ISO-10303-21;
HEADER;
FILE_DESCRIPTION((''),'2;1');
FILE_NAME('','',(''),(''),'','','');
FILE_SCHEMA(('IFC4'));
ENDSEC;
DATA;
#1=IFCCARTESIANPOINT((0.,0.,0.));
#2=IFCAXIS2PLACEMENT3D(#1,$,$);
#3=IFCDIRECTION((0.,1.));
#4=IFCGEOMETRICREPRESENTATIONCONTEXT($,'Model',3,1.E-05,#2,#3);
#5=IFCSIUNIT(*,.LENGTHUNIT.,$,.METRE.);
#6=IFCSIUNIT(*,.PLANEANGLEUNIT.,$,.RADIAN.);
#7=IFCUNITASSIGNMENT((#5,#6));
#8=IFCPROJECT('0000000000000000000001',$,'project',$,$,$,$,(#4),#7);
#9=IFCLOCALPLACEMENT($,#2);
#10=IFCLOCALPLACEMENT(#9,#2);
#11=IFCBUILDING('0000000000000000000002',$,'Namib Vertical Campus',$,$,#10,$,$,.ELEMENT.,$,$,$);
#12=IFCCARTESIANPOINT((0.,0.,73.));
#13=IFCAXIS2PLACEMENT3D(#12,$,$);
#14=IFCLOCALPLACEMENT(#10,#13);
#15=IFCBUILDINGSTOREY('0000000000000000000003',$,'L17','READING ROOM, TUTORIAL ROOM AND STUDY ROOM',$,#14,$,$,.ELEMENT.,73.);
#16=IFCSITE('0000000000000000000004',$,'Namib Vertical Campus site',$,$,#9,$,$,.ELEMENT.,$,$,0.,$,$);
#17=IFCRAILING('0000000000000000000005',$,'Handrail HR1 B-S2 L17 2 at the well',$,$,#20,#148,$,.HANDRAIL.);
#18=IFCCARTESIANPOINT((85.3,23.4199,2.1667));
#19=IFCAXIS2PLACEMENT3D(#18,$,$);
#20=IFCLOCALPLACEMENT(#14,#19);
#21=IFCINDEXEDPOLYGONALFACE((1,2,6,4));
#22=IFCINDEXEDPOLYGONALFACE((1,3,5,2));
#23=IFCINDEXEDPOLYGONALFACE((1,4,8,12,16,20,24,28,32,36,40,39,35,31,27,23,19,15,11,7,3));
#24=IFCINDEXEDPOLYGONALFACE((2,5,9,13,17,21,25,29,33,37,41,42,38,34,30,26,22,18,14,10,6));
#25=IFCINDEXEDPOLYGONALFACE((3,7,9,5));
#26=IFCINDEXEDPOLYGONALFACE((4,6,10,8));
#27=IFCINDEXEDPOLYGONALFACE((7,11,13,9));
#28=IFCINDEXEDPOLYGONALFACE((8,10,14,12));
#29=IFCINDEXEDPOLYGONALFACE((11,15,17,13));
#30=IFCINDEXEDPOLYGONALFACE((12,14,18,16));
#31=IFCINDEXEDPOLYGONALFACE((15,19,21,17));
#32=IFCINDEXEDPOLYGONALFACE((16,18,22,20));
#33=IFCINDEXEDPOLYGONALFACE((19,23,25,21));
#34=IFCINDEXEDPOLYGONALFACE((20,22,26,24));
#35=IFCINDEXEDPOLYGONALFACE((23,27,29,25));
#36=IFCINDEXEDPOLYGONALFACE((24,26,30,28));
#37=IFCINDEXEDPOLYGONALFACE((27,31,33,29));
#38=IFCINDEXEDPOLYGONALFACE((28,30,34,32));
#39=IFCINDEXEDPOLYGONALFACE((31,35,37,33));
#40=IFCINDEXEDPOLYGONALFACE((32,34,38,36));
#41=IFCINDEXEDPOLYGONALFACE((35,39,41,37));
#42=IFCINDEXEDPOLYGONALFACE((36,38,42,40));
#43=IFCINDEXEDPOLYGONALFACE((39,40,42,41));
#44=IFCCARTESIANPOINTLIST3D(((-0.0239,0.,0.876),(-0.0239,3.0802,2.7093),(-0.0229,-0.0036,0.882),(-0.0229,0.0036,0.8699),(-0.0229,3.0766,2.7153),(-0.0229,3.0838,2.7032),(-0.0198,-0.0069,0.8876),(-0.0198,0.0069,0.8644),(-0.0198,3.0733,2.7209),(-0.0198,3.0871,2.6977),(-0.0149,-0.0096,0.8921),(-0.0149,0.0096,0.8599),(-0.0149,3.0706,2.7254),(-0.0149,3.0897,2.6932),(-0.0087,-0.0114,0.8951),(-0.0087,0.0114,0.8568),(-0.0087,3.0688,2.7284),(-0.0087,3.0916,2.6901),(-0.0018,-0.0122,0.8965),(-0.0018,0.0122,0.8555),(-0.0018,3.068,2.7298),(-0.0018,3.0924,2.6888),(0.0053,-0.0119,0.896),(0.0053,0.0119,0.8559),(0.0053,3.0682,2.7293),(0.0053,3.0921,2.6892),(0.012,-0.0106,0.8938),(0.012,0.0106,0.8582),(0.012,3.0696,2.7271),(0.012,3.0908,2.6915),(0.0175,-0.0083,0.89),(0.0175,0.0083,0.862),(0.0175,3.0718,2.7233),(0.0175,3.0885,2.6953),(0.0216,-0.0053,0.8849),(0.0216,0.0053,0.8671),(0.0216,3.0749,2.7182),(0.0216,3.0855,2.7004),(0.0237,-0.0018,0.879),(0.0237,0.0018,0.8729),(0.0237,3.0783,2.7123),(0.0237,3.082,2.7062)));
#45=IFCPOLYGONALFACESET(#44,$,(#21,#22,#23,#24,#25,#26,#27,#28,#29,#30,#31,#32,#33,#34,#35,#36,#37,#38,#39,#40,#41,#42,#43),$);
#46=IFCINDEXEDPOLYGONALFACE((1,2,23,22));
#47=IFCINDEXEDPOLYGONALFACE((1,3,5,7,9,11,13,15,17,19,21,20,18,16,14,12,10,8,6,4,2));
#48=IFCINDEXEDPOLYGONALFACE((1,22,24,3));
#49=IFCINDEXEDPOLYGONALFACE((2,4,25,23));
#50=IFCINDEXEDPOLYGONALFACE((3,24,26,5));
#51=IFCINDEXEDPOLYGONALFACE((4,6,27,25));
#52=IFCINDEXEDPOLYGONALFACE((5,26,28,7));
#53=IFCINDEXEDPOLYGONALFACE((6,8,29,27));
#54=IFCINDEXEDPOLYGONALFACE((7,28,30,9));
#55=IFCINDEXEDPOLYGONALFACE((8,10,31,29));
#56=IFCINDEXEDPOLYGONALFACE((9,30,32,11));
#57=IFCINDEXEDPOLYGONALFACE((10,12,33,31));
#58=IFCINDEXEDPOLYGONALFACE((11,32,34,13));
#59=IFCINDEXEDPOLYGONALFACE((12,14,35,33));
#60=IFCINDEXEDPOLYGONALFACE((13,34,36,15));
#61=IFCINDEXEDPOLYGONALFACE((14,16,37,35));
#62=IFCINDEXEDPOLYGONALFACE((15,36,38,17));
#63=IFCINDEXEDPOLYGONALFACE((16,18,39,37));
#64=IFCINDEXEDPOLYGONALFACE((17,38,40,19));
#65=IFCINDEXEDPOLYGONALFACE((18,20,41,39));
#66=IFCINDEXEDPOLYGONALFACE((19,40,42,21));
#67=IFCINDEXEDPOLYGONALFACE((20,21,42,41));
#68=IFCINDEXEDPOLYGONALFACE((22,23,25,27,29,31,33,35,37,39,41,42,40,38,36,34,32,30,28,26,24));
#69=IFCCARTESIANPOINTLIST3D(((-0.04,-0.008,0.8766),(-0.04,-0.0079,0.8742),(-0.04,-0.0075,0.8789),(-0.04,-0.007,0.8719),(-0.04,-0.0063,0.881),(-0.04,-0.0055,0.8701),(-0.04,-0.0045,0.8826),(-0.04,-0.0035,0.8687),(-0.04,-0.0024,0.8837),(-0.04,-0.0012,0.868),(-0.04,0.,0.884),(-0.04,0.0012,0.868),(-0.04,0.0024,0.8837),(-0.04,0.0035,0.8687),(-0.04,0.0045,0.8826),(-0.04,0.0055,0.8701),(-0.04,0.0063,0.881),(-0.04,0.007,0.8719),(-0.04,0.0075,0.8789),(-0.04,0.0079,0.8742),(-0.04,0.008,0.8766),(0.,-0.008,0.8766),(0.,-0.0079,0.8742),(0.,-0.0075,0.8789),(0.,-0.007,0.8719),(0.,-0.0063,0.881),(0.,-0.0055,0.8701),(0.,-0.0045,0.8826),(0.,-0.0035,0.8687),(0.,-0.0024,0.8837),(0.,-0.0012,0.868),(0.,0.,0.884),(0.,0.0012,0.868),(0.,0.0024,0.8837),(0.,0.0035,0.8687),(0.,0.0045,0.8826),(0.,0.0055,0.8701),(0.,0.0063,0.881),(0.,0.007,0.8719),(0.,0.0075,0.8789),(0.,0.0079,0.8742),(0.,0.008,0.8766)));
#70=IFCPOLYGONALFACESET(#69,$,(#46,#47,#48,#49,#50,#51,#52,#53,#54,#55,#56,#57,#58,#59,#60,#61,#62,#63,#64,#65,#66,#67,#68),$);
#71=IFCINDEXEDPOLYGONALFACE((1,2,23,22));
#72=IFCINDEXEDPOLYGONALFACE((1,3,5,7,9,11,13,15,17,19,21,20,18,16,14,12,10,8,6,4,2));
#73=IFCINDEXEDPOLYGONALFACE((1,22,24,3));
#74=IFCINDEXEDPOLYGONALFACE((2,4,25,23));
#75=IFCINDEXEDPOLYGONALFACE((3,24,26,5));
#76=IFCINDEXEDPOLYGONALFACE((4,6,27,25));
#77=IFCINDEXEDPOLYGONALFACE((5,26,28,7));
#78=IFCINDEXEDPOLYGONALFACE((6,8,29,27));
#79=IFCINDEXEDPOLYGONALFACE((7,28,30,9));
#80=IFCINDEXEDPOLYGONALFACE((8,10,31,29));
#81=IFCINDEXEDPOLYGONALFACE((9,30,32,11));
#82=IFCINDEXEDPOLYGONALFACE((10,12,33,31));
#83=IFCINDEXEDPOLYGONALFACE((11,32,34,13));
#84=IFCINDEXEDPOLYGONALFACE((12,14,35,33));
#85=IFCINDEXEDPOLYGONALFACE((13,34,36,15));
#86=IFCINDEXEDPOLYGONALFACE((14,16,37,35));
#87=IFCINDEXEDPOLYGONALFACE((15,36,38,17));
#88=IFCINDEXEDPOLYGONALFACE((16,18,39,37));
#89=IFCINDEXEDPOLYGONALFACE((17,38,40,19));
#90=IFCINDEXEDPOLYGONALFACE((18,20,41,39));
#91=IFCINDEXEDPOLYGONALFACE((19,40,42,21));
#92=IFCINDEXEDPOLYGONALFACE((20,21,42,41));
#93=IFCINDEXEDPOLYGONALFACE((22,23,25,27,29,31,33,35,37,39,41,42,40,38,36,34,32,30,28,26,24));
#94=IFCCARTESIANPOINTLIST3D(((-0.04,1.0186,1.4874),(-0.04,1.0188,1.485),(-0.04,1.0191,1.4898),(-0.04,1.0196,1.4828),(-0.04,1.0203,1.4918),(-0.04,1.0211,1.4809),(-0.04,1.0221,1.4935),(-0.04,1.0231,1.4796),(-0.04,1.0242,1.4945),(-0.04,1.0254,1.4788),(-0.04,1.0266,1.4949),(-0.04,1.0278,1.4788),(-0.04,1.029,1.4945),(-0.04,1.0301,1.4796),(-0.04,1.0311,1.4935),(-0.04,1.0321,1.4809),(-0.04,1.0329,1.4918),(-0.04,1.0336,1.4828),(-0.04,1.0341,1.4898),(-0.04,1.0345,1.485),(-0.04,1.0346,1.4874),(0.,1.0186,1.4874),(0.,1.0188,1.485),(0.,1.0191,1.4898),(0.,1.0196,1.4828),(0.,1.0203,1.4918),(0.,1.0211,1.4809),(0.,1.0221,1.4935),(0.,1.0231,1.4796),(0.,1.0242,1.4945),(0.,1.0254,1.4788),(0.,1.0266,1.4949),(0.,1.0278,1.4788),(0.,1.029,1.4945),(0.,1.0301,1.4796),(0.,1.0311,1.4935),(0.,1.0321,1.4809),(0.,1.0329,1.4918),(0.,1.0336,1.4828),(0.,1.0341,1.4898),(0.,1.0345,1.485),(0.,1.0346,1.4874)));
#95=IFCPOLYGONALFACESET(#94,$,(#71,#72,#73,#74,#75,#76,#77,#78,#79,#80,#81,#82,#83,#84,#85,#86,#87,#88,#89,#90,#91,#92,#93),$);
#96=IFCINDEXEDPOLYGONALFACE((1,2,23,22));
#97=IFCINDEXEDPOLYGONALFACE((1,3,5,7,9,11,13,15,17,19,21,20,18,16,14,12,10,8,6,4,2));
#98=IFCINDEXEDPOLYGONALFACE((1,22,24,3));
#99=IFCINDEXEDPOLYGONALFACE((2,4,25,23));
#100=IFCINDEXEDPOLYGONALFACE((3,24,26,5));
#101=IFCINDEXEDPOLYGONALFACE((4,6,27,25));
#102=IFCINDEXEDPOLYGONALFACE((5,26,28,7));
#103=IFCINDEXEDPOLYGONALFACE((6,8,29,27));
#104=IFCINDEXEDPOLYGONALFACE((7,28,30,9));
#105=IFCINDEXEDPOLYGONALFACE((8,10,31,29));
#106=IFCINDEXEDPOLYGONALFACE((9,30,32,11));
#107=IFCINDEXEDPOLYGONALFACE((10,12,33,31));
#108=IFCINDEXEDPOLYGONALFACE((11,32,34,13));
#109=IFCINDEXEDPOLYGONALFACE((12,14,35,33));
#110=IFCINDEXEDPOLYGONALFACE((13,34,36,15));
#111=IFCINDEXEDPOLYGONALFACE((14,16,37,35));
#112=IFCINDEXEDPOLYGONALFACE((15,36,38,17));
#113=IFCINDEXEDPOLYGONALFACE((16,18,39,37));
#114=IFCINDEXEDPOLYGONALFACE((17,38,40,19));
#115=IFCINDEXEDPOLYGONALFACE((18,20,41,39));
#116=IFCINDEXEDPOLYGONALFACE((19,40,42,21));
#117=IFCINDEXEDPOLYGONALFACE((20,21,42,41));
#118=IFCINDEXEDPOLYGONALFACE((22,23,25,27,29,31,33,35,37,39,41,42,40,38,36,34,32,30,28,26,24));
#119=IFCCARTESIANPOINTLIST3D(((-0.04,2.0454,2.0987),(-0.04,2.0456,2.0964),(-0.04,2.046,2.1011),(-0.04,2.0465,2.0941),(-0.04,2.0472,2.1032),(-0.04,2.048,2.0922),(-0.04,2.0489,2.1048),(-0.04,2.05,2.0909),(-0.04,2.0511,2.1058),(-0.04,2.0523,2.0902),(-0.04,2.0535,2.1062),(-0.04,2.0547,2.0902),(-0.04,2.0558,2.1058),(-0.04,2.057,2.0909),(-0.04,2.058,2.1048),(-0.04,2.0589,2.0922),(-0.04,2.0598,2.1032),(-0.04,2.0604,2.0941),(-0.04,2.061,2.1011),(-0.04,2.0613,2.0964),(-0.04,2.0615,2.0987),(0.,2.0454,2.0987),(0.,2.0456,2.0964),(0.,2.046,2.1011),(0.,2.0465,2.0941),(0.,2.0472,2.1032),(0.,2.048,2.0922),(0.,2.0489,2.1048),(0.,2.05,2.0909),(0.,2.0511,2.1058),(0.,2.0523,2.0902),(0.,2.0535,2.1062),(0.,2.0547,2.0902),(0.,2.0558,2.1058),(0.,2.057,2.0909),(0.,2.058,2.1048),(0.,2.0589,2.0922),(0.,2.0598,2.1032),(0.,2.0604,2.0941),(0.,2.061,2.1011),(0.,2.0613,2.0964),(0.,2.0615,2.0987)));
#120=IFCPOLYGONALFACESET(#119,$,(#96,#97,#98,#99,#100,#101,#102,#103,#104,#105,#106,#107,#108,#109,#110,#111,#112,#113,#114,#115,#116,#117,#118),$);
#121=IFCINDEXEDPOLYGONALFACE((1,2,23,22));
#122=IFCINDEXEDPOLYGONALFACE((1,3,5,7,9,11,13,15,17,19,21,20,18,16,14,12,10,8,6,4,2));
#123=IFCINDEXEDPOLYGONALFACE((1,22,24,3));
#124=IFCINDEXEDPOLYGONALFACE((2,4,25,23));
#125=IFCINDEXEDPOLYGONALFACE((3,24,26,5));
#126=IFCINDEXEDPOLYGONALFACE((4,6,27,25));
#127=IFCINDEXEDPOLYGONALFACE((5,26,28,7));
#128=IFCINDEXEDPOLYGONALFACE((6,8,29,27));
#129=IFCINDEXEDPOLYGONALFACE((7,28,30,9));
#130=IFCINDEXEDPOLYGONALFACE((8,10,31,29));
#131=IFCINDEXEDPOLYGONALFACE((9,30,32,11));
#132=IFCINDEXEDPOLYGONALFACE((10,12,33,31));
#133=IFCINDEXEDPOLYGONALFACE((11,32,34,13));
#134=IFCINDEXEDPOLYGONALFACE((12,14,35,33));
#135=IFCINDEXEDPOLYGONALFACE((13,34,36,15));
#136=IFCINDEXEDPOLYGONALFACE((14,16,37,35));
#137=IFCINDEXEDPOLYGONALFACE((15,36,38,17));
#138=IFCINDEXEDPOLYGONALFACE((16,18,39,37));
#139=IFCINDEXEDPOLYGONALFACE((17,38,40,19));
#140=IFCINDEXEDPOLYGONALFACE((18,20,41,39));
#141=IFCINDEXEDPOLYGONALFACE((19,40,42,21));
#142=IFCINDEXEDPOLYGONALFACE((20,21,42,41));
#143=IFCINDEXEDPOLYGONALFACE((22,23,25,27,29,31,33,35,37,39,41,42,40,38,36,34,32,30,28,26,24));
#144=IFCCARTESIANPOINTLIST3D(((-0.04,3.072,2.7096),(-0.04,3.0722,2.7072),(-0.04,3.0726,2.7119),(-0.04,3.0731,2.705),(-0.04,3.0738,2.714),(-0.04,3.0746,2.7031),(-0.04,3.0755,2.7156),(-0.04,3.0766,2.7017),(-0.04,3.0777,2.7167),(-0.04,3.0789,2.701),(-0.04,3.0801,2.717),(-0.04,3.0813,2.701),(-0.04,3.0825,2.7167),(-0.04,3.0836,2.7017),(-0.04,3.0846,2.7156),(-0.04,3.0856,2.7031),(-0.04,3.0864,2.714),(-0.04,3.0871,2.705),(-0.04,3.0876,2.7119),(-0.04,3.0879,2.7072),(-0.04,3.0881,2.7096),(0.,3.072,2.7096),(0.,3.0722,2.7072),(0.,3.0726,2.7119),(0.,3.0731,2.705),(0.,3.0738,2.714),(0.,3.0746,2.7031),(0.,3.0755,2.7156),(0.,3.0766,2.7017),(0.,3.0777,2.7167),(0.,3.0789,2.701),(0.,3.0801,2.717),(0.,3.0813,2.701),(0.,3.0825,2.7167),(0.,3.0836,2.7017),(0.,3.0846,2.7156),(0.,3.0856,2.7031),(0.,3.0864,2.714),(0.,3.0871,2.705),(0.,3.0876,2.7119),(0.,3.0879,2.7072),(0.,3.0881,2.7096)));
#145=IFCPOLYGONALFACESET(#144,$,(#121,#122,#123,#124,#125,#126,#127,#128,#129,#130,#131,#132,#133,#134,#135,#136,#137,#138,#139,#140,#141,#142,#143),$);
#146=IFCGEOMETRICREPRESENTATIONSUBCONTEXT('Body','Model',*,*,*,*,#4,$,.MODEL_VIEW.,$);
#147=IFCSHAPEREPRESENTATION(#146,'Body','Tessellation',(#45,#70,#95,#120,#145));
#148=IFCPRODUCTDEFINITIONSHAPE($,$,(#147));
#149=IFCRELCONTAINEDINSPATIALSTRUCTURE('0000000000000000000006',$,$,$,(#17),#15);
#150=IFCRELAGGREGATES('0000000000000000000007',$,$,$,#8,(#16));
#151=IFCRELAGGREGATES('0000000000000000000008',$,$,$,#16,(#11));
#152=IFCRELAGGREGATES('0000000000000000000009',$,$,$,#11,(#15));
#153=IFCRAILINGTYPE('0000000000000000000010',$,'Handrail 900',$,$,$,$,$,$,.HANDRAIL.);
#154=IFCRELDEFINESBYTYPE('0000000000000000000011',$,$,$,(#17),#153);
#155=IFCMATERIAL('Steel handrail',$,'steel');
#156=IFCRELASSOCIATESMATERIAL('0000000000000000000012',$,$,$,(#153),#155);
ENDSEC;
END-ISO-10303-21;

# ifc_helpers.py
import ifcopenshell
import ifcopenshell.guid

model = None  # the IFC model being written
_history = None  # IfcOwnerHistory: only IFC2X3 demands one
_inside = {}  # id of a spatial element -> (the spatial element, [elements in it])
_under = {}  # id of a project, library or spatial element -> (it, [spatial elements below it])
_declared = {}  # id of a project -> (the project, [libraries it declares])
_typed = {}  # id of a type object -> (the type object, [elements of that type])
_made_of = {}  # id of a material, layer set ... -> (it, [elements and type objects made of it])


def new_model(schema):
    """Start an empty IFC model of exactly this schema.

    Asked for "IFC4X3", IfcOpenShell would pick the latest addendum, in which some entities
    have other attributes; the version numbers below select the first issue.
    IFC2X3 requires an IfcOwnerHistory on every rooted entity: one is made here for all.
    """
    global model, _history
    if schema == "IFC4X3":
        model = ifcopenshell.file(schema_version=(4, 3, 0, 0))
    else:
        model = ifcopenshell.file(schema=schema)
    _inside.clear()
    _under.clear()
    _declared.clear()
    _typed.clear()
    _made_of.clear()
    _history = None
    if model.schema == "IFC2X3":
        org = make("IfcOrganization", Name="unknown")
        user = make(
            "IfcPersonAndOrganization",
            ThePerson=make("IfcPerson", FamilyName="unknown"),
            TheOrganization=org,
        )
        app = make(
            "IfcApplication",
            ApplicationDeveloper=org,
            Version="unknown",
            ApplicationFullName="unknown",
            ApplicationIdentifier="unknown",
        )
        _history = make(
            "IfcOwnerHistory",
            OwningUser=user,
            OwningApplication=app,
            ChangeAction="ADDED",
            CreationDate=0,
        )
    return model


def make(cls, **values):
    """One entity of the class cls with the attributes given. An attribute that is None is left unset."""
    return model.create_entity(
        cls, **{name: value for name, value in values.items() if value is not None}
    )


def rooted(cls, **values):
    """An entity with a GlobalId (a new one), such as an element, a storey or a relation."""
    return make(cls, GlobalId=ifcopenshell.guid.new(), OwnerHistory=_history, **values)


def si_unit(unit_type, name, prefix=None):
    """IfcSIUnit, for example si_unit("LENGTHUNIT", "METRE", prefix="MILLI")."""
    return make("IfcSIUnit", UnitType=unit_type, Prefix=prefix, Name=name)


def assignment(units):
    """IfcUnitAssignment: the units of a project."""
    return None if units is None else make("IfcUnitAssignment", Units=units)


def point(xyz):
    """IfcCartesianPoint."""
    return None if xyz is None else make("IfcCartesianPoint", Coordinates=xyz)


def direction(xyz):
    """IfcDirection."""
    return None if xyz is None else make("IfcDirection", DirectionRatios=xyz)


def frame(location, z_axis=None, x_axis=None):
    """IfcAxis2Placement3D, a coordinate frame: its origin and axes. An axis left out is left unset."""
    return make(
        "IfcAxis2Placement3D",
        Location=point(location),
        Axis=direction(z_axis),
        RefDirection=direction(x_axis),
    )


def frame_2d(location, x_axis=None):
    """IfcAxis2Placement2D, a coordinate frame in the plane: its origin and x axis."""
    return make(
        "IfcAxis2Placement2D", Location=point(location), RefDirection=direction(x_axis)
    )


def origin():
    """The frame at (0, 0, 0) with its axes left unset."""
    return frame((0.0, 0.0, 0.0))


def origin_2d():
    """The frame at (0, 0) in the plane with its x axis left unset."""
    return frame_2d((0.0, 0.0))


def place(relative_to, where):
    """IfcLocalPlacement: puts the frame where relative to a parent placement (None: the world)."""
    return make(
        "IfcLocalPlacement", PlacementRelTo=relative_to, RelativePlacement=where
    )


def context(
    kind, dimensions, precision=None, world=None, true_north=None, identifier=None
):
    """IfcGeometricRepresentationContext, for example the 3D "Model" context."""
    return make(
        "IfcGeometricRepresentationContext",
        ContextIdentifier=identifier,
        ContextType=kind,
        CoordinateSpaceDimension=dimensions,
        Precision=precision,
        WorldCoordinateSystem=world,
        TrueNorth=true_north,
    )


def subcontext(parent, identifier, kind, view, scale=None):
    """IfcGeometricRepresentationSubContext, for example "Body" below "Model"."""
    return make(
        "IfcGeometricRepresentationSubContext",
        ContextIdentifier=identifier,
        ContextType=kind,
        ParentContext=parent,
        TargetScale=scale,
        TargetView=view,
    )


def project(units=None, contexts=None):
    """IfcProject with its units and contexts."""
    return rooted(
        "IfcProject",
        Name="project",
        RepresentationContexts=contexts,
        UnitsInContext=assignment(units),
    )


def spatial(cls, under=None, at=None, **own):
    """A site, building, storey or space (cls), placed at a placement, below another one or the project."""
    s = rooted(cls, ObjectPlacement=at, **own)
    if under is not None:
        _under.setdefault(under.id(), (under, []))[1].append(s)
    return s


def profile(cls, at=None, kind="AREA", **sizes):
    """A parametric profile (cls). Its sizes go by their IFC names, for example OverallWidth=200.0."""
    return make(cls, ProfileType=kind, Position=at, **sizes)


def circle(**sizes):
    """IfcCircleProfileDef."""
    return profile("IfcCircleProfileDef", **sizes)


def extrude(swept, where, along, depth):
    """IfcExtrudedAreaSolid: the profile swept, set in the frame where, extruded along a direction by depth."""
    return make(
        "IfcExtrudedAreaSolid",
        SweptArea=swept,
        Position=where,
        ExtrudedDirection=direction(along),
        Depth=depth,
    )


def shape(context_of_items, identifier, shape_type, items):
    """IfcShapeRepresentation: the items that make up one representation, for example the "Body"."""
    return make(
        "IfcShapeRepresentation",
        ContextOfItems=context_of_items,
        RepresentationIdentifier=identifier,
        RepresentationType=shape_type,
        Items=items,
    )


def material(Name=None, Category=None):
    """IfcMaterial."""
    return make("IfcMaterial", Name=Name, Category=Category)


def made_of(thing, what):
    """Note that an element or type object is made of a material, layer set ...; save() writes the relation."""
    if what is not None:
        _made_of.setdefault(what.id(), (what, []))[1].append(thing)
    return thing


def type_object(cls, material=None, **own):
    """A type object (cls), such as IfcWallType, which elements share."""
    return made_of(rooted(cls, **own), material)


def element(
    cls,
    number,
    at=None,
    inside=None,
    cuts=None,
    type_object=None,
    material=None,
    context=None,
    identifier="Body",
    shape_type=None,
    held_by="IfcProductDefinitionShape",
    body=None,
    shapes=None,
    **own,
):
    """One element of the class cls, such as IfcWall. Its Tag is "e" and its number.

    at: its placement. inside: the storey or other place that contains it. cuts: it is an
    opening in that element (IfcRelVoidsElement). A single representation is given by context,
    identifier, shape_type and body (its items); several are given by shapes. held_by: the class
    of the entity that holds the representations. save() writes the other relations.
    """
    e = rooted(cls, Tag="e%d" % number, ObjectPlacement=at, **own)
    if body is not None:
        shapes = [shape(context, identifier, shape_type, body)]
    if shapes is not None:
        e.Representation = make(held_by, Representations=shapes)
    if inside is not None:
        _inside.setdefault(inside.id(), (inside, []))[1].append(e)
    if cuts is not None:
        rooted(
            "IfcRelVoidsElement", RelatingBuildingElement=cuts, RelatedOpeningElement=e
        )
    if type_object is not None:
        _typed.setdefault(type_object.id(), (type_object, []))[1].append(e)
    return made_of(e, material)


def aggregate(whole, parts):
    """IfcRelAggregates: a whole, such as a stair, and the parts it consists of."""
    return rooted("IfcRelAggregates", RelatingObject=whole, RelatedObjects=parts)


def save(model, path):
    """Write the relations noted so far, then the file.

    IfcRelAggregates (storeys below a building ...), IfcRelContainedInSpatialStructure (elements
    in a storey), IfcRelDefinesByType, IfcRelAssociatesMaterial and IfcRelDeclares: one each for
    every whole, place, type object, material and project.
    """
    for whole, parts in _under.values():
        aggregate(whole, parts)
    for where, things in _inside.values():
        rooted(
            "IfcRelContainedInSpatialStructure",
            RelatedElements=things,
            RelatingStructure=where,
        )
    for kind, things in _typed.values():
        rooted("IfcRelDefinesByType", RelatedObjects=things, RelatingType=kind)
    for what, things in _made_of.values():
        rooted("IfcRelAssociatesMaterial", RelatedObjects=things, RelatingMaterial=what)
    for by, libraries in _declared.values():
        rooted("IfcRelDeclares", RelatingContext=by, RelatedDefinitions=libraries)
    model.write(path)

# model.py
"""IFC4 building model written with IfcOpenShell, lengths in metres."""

from ifc_helpers import new_model, si_unit, direction, frame, origin, origin_2d, place, context, subcontext, project, spatial, circle, extrude, material, type_object, element, save


model = new_model("IFC4")

# Units and contexts
model_context = context("Model", 3, precision=1e-05, world=origin(), true_north=direction((0.0, 1.0)))
body_context = subcontext(model_context, "Body", "Model", "MODEL_VIEW")
ifc_project = project(units=[si_unit("LENGTHUNIT", "METRE"), si_unit("PLANEANGLEUNIT", "RADIAN")], contexts=[model_context])

# Site, building, storey
site_placement = place(None, origin())
site = spatial("IfcSite", under=ifc_project, at=site_placement, Name="Namib Vertical Campus site", CompositionType="ELEMENT", RefElevation=0.0)
building_placement = place(site_placement, origin())
building = spatial("IfcBuilding", under=site, at=building_placement, Name="Namib Vertical Campus", CompositionType="ELEMENT")
storey_placement = place(building_placement, frame((0.0, 0.0, 73.0)))
storey = spatial("IfcBuildingStorey", under=building, at=storey_placement, Name="L17", Description="READING ROOM, TUTORIAL ROOM AND STUDY ROOM", CompositionType="ELEMENT", Elevation=73.0)

# Railing
ifc_material_1 = material(Name="Steel handrail", Category="steel")
railing_type_1 = type_object("IfcRailingType", Name="Handrail 900", PredefinedType="HANDRAIL", material=ifc_material_1)
railing_1_placement = place(storey_placement, frame((85.3, 23.4199, 2.1667)))
element("IfcRailing", 1, at=railing_1_placement, inside=storey, type_object=railing_type_1, Name="Handrail HR1 B-S2 L17 2 at the well", PredefinedType="HANDRAIL", context=body_context, shape_type="SweptSolid", body=[
    extrude(circle(Radius=0.0239, at=origin_2d()), frame((0.0, 0.0, 0.876), z_axis=(0.0, 0.859309, 0.511458), x_axis=(-1.0, 0.0, 0.0)), (0.0, 0.0, 1.0), 3.5845),
    extrude(circle(Radius=0.0081, at=origin_2d()), frame((0.0, 0.0, 0.876), z_axis=(-1.0, 0.0, 0.0), x_axis=(0.0, 0.0, 1.0)), (0.0, 0.0, 1.0), 0.04),
    extrude(circle(Radius=0.0081, at=origin_2d()), frame((0.0, 1.0266, 1.4868), z_axis=(-1.0, 0.0, 0.0), x_axis=(0.0, 0.0, 1.0)), (0.0, 0.0, 1.0), 0.04),
    extrude(circle(Radius=0.0081, at=origin_2d()), frame((0.0, 2.0535, 2.0981), z_axis=(-1.0, 0.0, 0.0), x_axis=(0.0, 0.0, 1.0)), (0.0, 0.0, 1.0), 0.04),
    extrude(circle(Radius=0.0081, at=origin_2d()), frame((0.0, 3.0801, 2.709), z_axis=(-1.0, 0.0, 0.0), x_axis=(0.0, 0.0, 1.0)), (0.0, 0.0, 1.0), 0.04),
])

save(model, "model.ifc")
